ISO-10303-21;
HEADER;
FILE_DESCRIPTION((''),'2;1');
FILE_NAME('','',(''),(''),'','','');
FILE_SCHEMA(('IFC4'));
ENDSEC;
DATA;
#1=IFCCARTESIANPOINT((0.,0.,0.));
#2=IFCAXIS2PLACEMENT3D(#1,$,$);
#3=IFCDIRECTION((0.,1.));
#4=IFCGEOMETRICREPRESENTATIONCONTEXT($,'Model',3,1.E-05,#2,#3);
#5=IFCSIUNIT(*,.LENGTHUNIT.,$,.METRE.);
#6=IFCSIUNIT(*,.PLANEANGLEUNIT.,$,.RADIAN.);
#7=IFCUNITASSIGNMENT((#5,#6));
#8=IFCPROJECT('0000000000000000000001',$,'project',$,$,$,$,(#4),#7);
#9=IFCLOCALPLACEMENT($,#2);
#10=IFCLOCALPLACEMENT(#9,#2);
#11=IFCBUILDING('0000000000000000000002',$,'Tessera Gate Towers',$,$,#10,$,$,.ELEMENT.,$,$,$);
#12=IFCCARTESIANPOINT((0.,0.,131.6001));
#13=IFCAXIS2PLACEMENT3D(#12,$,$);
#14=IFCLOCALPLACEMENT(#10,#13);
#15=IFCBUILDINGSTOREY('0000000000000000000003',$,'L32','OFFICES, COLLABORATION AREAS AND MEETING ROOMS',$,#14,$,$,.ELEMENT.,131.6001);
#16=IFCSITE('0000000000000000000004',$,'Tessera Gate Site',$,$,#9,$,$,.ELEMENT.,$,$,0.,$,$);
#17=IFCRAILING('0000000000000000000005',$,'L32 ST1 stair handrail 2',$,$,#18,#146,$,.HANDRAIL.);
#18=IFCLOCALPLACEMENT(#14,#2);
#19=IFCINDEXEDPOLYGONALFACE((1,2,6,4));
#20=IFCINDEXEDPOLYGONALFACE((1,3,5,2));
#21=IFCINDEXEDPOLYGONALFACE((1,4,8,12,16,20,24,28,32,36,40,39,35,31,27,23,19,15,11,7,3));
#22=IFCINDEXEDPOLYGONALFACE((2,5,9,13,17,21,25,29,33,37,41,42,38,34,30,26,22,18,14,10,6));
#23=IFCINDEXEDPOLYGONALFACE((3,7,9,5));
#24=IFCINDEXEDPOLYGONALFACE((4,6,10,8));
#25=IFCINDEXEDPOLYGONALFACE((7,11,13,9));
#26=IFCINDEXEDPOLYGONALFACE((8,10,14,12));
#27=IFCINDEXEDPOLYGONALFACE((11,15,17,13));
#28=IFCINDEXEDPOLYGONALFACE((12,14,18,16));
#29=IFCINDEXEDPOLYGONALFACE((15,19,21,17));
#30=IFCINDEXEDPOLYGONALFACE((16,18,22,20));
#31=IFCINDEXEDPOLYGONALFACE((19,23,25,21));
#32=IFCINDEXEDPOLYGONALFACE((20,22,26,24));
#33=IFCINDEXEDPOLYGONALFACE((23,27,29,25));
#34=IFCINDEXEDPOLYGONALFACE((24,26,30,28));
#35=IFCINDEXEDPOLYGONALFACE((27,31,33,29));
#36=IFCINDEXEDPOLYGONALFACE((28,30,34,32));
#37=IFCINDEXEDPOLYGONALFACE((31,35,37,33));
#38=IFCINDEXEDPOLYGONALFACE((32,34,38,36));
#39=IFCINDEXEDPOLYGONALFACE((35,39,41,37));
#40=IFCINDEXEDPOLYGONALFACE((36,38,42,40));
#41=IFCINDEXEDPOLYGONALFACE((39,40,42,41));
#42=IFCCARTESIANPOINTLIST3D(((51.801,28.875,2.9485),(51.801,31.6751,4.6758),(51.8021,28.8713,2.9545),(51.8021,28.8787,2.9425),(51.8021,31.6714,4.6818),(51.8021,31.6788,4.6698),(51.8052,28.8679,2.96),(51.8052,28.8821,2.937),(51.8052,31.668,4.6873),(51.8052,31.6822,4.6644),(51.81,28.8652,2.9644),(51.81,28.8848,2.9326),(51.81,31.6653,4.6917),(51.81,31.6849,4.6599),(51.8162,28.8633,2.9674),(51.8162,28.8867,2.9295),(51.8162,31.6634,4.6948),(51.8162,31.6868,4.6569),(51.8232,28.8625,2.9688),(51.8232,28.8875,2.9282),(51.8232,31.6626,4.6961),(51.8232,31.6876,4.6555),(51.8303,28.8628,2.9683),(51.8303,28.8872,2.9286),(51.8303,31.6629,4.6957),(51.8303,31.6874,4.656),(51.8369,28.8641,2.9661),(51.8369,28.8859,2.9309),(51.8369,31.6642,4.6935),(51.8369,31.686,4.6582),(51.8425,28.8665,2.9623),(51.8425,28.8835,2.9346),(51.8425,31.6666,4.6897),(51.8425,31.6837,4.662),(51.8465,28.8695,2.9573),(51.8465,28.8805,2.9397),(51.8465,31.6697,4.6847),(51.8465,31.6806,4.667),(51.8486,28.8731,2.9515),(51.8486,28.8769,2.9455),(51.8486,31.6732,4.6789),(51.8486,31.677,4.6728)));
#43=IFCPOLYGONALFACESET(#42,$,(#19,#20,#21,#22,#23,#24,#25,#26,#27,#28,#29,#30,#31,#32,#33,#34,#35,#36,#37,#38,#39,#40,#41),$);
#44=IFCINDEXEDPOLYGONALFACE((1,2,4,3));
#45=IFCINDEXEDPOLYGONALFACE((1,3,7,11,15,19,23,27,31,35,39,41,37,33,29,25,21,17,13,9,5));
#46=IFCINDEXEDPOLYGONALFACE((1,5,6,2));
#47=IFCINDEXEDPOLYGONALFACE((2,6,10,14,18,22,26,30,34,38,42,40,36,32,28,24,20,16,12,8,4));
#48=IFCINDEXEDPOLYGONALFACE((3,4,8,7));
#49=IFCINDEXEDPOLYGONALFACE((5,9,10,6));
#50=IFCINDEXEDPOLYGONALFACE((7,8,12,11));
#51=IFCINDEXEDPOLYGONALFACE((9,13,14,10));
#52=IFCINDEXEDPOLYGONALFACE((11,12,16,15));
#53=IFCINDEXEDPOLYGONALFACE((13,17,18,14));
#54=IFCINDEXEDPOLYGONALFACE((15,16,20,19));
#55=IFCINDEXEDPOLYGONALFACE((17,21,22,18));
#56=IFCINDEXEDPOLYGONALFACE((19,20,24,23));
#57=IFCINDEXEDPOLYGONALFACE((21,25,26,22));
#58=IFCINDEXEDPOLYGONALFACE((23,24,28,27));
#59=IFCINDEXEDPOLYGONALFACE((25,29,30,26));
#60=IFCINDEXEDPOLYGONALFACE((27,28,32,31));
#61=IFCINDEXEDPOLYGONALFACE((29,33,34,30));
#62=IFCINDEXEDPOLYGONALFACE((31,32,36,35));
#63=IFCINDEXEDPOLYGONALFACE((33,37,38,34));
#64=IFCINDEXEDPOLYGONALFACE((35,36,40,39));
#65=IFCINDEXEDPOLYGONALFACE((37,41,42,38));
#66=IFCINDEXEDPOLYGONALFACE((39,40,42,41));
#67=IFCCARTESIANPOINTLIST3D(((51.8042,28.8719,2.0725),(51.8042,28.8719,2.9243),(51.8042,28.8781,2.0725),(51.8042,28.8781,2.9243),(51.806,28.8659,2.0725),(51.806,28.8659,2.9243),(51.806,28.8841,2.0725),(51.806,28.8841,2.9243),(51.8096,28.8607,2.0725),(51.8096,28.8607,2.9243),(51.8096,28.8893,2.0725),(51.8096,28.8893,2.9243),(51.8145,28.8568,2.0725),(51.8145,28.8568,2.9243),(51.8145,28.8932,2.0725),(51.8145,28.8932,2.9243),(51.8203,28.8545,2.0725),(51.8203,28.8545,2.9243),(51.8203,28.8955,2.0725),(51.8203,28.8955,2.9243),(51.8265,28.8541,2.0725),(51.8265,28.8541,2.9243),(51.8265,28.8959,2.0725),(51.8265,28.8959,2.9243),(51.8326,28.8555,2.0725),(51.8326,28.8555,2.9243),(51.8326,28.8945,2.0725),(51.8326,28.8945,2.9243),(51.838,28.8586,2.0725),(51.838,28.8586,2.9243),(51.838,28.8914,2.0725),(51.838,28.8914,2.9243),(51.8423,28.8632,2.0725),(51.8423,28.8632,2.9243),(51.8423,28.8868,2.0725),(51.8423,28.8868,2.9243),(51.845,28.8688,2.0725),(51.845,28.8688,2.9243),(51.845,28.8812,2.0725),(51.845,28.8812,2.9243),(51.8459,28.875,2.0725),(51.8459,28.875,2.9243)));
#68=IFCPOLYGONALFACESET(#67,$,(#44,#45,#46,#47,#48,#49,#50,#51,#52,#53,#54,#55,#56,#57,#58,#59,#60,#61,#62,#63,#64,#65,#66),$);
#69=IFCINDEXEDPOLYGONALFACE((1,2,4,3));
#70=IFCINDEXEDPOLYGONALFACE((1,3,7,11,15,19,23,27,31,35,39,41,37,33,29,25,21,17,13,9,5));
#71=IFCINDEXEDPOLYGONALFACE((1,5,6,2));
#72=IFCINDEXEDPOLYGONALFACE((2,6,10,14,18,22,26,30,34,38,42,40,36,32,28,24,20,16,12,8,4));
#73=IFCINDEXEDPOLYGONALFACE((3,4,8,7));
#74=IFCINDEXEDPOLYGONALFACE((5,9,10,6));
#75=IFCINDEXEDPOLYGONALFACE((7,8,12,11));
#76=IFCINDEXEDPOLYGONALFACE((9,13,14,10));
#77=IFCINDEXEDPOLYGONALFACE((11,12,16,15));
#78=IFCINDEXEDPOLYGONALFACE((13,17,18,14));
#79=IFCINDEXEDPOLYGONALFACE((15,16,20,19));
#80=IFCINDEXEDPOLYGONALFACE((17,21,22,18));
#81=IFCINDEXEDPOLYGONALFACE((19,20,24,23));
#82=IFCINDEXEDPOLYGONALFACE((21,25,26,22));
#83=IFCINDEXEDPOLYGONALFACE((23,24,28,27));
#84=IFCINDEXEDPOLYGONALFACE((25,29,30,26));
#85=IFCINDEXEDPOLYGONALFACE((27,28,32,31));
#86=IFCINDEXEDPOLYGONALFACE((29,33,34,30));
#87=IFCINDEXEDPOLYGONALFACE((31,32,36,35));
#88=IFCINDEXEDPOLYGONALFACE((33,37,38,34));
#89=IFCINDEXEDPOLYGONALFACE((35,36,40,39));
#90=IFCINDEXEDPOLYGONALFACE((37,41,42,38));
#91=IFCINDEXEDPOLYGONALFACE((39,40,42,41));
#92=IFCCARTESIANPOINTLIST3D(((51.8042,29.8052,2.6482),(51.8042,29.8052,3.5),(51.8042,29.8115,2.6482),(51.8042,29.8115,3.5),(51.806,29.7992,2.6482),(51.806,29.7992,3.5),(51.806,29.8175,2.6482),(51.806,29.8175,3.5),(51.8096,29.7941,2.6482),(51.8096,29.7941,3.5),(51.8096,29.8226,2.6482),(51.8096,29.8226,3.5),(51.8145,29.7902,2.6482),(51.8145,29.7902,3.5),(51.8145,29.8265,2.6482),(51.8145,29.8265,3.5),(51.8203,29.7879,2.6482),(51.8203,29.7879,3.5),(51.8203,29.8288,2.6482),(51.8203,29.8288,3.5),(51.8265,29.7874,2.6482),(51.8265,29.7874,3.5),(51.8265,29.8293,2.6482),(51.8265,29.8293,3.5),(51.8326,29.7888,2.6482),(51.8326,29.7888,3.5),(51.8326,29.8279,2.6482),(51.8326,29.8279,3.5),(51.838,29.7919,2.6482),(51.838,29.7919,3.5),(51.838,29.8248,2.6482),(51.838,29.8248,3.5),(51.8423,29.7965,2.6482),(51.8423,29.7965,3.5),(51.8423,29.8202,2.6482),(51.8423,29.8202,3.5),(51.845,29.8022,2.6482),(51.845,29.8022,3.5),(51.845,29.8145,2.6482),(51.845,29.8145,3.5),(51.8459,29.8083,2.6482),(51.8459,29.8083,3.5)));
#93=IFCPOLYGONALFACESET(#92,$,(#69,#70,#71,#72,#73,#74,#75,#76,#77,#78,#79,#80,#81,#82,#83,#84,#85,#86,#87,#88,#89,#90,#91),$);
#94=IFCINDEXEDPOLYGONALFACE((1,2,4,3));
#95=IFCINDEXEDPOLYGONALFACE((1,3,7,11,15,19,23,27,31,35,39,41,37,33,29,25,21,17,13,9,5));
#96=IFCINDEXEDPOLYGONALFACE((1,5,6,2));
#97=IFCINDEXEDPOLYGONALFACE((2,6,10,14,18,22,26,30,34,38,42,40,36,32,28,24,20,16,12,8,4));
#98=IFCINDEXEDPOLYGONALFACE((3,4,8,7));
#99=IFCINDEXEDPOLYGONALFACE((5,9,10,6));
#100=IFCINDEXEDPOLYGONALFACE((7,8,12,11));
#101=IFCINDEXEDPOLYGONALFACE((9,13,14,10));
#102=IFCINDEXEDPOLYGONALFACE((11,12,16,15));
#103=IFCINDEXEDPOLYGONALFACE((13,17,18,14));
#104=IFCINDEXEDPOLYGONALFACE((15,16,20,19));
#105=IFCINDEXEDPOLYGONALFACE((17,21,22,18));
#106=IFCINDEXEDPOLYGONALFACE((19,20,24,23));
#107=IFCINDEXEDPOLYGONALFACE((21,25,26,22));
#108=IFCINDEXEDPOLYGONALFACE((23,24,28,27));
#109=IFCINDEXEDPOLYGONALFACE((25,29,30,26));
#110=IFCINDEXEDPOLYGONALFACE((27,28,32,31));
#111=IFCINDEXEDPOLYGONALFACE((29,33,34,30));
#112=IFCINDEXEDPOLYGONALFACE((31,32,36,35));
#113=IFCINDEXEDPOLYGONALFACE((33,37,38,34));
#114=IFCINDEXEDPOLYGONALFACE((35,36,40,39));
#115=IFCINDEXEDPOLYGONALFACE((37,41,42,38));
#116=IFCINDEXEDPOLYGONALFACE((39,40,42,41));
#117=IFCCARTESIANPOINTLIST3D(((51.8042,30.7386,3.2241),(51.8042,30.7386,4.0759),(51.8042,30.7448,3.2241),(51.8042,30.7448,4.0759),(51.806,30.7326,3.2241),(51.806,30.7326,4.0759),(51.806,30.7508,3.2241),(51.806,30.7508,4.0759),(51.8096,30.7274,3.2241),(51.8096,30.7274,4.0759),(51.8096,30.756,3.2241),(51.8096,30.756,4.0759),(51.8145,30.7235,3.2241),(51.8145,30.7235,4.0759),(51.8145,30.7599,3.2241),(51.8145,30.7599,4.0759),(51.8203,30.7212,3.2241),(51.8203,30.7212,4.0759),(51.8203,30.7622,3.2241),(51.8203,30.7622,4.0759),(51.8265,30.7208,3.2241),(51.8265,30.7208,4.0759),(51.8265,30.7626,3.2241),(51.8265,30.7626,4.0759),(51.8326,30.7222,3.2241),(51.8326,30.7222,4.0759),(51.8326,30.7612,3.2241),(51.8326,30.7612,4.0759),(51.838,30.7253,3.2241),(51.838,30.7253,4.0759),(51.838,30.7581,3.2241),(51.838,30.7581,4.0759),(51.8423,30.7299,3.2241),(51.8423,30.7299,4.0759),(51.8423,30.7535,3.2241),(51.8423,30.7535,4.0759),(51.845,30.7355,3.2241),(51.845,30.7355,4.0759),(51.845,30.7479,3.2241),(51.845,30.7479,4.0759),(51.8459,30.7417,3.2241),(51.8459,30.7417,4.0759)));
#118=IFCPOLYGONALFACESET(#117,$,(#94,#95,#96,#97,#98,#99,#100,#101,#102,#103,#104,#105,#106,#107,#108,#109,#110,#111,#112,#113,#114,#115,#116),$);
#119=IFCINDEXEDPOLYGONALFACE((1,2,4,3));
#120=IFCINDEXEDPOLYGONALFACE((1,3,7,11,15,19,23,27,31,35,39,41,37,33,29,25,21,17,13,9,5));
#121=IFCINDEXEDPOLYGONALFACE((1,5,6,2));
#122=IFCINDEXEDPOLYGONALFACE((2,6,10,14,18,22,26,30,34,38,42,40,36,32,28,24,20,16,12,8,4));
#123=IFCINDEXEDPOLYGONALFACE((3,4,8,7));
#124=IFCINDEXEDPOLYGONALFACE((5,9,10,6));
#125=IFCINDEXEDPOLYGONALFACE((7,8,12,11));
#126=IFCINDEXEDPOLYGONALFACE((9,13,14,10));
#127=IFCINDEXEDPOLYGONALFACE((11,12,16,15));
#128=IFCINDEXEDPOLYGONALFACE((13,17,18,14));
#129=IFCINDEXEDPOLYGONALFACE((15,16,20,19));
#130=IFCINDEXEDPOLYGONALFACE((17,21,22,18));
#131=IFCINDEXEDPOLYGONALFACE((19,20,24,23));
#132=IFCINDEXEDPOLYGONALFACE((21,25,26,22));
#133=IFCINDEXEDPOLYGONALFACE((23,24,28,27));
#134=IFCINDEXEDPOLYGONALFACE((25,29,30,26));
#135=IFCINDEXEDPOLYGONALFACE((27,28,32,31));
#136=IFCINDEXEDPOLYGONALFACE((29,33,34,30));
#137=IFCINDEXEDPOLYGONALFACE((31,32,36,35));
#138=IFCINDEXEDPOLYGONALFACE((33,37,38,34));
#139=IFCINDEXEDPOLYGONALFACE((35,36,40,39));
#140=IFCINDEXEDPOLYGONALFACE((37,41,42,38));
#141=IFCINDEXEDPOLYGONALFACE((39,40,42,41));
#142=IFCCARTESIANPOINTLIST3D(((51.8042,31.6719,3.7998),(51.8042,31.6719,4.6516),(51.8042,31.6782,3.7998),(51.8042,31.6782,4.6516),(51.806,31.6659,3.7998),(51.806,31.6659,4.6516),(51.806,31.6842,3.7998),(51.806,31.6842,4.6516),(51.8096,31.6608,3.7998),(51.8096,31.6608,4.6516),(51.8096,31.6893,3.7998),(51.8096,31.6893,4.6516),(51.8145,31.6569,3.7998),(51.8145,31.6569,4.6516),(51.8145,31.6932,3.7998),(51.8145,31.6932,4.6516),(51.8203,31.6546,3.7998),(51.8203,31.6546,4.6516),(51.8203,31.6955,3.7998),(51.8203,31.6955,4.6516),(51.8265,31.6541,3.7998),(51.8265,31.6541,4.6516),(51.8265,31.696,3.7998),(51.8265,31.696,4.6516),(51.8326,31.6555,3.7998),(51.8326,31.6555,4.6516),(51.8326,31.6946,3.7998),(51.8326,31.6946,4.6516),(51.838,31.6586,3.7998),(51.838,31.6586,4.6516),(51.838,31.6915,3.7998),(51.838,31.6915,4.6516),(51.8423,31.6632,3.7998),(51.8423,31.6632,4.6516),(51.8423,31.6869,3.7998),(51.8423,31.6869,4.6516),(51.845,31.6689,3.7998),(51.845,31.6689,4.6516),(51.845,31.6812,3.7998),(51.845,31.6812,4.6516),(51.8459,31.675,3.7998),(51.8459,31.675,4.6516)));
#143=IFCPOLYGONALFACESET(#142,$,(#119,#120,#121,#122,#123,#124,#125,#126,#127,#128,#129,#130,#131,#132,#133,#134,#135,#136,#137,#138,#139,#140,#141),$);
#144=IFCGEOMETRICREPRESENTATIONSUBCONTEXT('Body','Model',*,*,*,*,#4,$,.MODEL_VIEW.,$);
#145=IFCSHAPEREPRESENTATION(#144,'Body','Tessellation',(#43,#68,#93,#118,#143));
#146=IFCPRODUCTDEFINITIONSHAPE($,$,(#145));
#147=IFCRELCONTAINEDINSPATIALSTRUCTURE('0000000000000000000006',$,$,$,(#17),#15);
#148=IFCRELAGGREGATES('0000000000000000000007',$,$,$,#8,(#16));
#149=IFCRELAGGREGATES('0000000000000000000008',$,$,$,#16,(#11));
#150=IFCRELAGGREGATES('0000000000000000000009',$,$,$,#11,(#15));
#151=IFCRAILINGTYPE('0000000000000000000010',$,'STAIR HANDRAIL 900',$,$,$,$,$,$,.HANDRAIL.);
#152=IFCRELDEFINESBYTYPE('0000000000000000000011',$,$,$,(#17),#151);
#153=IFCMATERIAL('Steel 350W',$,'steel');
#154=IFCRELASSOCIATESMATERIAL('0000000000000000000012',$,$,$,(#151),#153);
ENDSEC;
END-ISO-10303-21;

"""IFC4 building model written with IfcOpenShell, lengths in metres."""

from ifc_helpers import new_model, si_unit, direction, frame, origin, origin_2d, place, context, subcontext, project, spatial, circle, extrude, material, type_object, element, save


model = new_model("IFC4")

# Units and contexts
model_context = context("Model", 3, precision=1e-05, world=origin(), true_north=direction((0.0, 1.0)))
body_context = subcontext(model_context, "Body", "Model", "MODEL_VIEW")
ifc_project = project(units=[si_unit("LENGTHUNIT", "METRE"), si_unit("PLANEANGLEUNIT", "RADIAN")], contexts=[model_context])

# Site, building, storey
site_placement = place(None, origin())
site = spatial("IfcSite", under=ifc_project, at=site_placement, Name="Tessera Gate Site", CompositionType="ELEMENT", RefElevation=0.0)
building_placement = place(site_placement, origin())
building = spatial("IfcBuilding", under=site, at=building_placement, Name="Tessera Gate Towers", CompositionType="ELEMENT")
storey_placement = place(building_placement, frame((0.0, 0.0, 131.6001)))
storey = spatial("IfcBuildingStorey", under=building, at=storey_placement, Name="L32", Description="OFFICES, COLLABORATION AREAS AND MEETING ROOMS", CompositionType="ELEMENT", Elevation=131.6001)

# Railing
ifc_material_1 = material(Name="Steel 350W", Category="steel")
railing_type = type_object("IfcRailingType", Name="STAIR HANDRAIL 900", PredefinedType="HANDRAIL", material=ifc_material_1)
railing_placement = place(storey_placement, frame((51.825, 28.875, 2.0725)))
element("IfcRailing", 1, at=railing_placement, inside=storey, type_object=railing_type, Name="L32 ST1 stair handrail 2", PredefinedType="HANDRAIL", context=body_context, shape_type="SweptSolid", body=[
    extrude(circle(Radius=0.0239, at=origin_2d()), frame((0.0, 0.0, 0.876), z_axis=(0.0, 0.85109, 0.52502), x_axis=(-1.0, 0.0, 0.0)), (0.0, 0.0, 1.0), 3.29),
    extrude(circle(Radius=0.021, at=origin_2d()), origin(), (0.0, 0.0, 1.0), 0.8518),
    extrude(circle(Radius=0.021, at=origin_2d()), frame((0.0, 0.9333, 0.5757)), (0.0, 0.0, 1.0), 0.8518),
    extrude(circle(Radius=0.021, at=origin_2d()), frame((0.0, 1.8667, 1.1516)), (0.0, 0.0, 1.0), 0.8518),
    extrude(circle(Radius=0.021, at=origin_2d()), frame((0.0, 2.8, 1.7273)), (0.0, 0.0, 1.0), 0.8518),
])

save(model, "model.ifc")
